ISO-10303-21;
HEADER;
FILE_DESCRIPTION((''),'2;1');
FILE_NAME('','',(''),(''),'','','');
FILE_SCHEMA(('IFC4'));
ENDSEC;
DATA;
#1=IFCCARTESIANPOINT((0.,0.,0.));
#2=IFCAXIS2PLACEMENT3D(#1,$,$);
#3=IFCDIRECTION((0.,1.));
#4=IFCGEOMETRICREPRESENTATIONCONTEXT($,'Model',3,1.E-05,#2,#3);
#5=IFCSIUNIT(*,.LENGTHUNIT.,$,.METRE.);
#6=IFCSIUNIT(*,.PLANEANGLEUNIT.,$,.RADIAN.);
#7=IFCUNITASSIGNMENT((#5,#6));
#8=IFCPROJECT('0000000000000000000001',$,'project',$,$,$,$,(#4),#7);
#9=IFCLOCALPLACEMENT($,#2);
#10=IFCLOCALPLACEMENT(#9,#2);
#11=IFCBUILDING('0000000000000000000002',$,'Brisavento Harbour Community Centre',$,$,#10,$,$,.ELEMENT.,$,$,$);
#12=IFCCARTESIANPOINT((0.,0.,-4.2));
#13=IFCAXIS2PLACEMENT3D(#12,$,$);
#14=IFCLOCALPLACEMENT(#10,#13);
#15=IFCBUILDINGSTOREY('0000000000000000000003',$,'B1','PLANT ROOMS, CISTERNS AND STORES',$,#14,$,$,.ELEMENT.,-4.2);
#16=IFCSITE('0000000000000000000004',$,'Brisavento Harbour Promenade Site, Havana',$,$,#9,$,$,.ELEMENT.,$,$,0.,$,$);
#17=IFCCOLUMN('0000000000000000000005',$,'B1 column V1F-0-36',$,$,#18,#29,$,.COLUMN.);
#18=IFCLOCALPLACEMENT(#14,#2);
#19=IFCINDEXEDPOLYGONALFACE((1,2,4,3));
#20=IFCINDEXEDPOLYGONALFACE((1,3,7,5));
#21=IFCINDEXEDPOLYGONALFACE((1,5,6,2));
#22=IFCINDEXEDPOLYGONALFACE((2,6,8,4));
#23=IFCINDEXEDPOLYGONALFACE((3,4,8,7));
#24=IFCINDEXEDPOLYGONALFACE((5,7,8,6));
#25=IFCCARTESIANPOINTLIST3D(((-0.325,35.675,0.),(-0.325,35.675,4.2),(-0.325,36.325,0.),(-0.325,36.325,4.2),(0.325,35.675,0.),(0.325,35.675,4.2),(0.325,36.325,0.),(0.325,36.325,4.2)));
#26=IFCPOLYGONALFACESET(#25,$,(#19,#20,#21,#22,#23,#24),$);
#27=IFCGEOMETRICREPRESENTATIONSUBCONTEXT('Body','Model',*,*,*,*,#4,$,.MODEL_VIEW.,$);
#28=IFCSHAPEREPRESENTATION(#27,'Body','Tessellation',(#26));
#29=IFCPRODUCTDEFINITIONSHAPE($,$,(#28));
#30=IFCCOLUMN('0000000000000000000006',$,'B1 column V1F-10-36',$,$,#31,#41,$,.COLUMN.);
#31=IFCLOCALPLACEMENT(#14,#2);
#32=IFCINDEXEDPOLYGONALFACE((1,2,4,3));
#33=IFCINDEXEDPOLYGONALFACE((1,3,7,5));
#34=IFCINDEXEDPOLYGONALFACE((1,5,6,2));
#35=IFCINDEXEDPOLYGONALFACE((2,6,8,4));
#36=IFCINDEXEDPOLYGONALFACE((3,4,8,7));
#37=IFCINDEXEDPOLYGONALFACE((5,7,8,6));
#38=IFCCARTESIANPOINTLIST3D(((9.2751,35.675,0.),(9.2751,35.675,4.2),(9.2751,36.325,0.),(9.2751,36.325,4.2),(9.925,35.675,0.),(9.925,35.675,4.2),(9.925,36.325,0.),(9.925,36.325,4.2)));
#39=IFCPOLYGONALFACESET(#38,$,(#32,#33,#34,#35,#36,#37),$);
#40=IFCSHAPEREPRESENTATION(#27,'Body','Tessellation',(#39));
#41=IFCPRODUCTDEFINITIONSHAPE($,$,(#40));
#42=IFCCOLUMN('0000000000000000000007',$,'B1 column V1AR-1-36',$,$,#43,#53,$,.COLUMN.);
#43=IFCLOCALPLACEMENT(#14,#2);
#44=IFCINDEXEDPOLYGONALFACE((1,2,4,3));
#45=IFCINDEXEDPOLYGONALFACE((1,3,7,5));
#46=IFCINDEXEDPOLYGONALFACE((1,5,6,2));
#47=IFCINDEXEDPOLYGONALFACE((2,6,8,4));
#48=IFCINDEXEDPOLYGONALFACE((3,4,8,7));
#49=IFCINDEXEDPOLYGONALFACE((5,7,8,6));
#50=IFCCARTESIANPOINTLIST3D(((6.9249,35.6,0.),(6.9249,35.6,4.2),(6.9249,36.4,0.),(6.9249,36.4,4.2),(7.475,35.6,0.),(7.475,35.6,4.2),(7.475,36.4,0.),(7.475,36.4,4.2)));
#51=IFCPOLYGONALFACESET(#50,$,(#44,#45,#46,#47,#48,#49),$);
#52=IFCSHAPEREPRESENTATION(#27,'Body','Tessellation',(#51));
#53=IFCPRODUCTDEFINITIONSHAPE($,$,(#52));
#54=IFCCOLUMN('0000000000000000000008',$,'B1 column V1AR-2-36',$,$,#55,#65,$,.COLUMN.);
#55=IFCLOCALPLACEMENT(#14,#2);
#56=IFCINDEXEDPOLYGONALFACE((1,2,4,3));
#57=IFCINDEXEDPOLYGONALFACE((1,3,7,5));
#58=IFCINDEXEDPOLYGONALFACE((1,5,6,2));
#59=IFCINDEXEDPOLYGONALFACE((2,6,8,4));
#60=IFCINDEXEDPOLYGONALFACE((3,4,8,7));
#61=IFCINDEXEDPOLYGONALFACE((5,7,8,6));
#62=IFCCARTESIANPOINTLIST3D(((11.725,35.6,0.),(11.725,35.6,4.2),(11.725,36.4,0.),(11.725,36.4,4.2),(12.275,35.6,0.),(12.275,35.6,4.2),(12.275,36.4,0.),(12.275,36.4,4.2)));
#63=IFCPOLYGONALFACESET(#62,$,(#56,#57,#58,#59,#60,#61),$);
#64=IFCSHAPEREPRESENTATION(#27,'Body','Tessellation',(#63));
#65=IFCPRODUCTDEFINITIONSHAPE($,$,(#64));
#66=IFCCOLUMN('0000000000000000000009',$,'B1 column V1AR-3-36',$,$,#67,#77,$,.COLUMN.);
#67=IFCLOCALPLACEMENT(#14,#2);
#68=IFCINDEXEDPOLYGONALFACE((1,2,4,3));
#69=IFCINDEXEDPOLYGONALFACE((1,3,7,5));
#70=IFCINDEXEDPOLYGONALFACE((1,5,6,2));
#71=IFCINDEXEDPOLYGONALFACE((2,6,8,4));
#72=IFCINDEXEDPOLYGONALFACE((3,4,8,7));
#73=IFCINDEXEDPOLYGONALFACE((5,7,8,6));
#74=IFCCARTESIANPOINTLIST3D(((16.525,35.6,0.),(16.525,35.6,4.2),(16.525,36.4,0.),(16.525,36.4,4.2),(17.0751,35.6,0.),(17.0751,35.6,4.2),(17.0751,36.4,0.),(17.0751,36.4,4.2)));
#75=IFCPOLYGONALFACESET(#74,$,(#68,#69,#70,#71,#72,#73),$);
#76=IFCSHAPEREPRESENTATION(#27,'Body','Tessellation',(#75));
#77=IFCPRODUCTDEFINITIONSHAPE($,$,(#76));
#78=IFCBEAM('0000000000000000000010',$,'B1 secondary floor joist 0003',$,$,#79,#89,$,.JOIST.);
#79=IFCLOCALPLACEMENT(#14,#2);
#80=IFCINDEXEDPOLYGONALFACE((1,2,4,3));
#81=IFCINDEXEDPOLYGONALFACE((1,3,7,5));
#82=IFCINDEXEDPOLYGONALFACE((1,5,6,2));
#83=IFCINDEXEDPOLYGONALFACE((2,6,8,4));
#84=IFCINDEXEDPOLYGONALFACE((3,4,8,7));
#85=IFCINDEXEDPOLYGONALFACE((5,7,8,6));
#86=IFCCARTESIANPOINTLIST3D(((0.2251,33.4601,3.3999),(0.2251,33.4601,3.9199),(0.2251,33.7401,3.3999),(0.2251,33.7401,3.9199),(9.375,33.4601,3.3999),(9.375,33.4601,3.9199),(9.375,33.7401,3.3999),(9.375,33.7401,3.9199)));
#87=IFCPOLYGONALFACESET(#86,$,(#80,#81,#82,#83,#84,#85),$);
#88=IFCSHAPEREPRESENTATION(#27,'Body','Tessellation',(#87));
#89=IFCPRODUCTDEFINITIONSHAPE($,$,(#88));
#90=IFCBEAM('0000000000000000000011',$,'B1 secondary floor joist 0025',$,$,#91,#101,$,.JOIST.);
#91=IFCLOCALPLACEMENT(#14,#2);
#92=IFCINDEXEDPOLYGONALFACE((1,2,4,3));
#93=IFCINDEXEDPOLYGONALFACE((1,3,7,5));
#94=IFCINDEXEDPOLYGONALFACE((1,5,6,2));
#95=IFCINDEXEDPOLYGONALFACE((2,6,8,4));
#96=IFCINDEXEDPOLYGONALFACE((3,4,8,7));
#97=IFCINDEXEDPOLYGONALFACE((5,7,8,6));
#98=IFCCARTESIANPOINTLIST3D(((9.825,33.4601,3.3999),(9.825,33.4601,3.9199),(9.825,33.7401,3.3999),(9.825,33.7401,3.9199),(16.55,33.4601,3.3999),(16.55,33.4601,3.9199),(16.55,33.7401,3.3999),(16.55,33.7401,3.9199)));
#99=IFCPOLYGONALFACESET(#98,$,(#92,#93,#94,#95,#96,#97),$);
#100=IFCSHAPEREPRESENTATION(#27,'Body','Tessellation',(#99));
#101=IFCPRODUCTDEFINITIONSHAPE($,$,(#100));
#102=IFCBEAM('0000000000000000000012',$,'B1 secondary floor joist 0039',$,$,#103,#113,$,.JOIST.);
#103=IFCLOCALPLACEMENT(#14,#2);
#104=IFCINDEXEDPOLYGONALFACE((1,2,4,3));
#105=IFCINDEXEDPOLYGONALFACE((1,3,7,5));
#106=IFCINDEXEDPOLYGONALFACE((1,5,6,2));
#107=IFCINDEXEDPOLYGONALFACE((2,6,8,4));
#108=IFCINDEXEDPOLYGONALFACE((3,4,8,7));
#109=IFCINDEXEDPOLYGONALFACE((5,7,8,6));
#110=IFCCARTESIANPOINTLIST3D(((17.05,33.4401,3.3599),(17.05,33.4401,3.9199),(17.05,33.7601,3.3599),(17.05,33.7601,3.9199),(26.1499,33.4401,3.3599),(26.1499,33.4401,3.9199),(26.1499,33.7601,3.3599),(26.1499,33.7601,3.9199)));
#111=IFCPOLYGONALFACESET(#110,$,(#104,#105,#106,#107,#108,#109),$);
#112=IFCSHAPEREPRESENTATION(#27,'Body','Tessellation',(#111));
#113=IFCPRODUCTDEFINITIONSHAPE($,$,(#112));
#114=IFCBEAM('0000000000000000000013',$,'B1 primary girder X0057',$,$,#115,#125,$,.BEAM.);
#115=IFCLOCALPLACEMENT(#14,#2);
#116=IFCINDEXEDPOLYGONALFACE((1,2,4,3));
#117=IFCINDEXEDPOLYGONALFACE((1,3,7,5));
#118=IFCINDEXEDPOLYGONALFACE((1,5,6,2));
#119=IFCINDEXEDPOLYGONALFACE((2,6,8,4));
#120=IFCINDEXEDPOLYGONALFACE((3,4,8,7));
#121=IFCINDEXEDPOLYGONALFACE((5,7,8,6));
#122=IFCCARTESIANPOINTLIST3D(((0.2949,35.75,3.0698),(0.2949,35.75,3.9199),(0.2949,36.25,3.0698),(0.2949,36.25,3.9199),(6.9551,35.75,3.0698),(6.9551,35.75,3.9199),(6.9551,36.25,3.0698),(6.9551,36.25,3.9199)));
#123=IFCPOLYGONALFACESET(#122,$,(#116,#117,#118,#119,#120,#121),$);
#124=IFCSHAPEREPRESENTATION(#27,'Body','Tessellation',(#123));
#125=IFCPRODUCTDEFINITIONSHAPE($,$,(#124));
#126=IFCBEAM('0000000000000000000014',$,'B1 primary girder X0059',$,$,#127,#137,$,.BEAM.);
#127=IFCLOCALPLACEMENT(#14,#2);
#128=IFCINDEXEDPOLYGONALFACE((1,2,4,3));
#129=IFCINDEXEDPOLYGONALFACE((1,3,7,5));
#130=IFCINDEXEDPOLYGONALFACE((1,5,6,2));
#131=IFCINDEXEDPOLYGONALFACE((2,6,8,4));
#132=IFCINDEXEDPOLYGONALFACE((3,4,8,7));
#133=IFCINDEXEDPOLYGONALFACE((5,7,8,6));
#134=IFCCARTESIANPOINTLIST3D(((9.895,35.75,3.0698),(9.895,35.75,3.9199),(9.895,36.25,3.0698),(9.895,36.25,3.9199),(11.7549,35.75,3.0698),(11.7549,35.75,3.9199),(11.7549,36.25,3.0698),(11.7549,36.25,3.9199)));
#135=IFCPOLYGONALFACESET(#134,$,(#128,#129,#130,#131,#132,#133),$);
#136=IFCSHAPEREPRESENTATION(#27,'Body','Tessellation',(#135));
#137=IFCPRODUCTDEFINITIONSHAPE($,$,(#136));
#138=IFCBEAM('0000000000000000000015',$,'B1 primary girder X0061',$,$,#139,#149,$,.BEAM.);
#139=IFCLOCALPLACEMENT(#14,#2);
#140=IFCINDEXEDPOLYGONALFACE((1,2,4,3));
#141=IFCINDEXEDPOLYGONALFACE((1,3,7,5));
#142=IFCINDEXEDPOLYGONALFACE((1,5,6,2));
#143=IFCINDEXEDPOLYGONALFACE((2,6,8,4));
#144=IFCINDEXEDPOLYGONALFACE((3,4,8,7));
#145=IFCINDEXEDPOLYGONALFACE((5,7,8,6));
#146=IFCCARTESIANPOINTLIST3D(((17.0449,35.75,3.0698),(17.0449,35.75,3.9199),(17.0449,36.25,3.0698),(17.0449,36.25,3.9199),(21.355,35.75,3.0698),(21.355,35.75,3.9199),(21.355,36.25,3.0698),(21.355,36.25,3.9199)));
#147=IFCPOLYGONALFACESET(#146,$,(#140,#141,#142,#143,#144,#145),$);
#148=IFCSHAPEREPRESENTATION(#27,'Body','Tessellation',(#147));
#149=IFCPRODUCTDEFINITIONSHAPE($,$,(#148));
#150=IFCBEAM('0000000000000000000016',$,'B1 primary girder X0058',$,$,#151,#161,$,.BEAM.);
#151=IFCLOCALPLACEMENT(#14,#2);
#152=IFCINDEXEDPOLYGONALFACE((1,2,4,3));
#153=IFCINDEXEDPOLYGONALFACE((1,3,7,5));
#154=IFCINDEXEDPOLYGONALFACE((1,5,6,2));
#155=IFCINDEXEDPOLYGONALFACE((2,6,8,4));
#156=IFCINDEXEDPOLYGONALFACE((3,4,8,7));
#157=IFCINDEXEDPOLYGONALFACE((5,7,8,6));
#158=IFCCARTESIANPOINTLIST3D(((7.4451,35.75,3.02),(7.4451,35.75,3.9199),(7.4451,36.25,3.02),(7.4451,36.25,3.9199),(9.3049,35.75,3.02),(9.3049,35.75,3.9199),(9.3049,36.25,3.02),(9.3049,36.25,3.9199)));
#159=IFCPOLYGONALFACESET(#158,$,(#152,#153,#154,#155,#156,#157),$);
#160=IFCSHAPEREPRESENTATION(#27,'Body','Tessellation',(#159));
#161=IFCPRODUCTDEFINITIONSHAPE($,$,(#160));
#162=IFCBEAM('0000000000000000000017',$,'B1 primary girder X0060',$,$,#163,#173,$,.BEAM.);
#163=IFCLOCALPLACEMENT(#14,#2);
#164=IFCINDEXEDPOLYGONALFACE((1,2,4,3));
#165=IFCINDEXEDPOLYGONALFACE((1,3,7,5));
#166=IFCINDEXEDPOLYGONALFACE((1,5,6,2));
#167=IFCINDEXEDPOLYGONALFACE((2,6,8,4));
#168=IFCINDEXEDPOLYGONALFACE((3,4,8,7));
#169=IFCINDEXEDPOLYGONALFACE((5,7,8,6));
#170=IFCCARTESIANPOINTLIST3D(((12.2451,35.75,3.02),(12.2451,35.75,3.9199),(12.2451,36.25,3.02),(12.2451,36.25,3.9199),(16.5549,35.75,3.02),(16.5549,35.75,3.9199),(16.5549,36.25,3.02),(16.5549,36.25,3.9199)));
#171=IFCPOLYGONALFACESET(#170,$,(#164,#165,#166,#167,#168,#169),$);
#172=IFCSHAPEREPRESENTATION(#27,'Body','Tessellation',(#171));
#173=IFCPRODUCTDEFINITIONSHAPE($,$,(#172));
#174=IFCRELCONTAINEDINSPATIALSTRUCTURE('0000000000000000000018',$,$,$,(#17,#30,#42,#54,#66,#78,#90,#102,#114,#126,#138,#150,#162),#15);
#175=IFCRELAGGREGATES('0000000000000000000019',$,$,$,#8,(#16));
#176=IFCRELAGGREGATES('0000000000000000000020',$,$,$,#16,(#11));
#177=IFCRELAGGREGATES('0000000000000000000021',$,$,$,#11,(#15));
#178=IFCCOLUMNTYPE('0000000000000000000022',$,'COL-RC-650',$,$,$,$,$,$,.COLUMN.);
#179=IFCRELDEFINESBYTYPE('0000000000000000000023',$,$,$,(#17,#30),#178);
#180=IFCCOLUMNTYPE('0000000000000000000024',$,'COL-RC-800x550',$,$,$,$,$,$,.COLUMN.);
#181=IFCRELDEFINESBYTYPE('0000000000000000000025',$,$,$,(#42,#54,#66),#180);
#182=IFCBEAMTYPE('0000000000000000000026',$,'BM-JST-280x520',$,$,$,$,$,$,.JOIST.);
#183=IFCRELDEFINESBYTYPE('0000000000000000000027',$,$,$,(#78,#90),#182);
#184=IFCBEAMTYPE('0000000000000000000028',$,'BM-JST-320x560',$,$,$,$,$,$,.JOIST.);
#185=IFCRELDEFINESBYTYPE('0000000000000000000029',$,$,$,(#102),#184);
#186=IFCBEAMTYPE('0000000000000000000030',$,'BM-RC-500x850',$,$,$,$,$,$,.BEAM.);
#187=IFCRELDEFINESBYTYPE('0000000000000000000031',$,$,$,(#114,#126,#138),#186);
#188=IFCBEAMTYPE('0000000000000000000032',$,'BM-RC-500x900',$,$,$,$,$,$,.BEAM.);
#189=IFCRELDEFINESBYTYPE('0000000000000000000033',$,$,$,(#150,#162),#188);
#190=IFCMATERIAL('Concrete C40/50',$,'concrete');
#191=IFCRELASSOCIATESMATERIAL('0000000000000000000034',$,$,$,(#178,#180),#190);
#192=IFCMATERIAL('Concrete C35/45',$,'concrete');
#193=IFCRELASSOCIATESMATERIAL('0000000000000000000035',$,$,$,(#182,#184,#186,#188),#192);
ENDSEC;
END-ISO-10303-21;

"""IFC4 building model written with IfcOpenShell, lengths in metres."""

from ifc_helpers import new_model, si_unit, direction, frame, origin, origin_2d, place, context, subcontext, project, spatial, rectangle, extrude, material, material_profile, profile_set, type_object, element, save


model = new_model("IFC4")

# Units and contexts
model_context = context("Model", 3, precision=1e-05, world=origin(), true_north=direction((0.0, 1.0)))
body_context = subcontext(model_context, "Body", "Model", "MODEL_VIEW")
ifc_project = project(units=[si_unit("LENGTHUNIT", "METRE"), si_unit("PLANEANGLEUNIT", "RADIAN")], contexts=[model_context])

# Site, building, storey
site_placement = place(None, origin())
site = spatial("IfcSite", under=ifc_project, at=site_placement, Name="Brisavento Harbour Promenade Site, Havana", CompositionType="ELEMENT", RefElevation=0.0)
building_placement = place(site_placement, origin())
building = spatial("IfcBuilding", under=site, at=building_placement, Name="Brisavento Harbour Community Centre", CompositionType="ELEMENT")
storey_placement = place(building_placement, frame((0.0, 0.0, -4.2)))
storey = spatial("IfcBuildingStorey", under=building, at=storey_placement, Name="B1", Description="PLANT ROOMS, CISTERNS AND STORES", CompositionType="ELEMENT", Elevation=-4.2)

# Shared definitions
ifc_material_1 = material(Name="Concrete C35/45", Category="concrete")

# Columns
ifc_material_2 = material(Name="Concrete C40/50", Category="concrete")
ifc_material_profile_1 = material_profile(ifc_material_2, rectangle(XDim=0.6499, YDim=0.6499, at=origin_2d()), Name="Concrete C40/50")
ifc_profile_set_1 = profile_set([ifc_material_profile_1], Name="Concrete C40/50")
column_type_1 = type_object("IfcColumnType", Name="COL-RC-650", PredefinedType="COLUMN", material=ifc_profile_set_1)
for number, where, z_axis, x_axis, name in (
    (1, (0.0, 36.0, 0.0), (0.0, 0.0, 1.0), (1.0, 0.0, 0.0), "B1 column V1F-0-36"),
    (2, (9.6001, 36.0, 0.0), (0.0, 0.0, 1.0), (1.0, 0.0, 0.0), "B1 column V1F-10-36"),
):
    element("IfcColumn", number, at=place(storey_placement, frame(where, z_axis=z_axis, x_axis=x_axis)), inside=storey, type_object=column_type_1, Name=name, PredefinedType="COLUMN", context=body_context, shape_type="SweptSolid", body=[
        extrude(rectangle(XDim=0.6499, YDim=0.6499, at=origin_2d()), origin(), (0.0, 0.0, 1.0), 4.2),
    ])
ifc_material_profile_2 = material_profile(ifc_material_2, rectangle(XDim=0.55, YDim=0.8, at=origin_2d()), Name="Concrete C40/50")
ifc_profile_set_2 = profile_set([ifc_material_profile_2], Name="Concrete C40/50")
column_type_2 = type_object("IfcColumnType", Name="COL-RC-800x550", PredefinedType="COLUMN", material=ifc_profile_set_2)
for number, where, z_axis, x_axis, name in (
    (3, (7.2, 36.0, 0.0), (0.0, 0.0, 1.0), (1.0, 0.0, 0.0), "B1 column V1AR-1-36"),
    (4, (12.0, 36.0, 0.0), (0.0, 0.0, 1.0), (1.0, 0.0, 0.0), "B1 column V1AR-2-36"),
    (5, (16.8, 36.0, 0.0), (0.0, 0.0, 1.0), (1.0, 0.0, 0.0), "B1 column V1AR-3-36"),
):
    element("IfcColumn", number, at=place(storey_placement, frame(where, z_axis=z_axis, x_axis=x_axis)), inside=storey, type_object=column_type_2, Name=name, PredefinedType="COLUMN", context=body_context, shape_type="SweptSolid", body=[
        extrude(rectangle(XDim=0.55, YDim=0.8, at=origin_2d()), origin(), (0.0, 0.0, 1.0), 4.2),
    ])

# Beams
ifc_material_profile_3 = material_profile(ifc_material_1, rectangle(XDim=0.28, YDim=0.52, at=origin_2d()), Name="Concrete C35/45")
ifc_profile_set_3 = profile_set([ifc_material_profile_3], Name="Concrete C35/45")
beam_type_1 = type_object("IfcBeamType", Name="BM-JST-280x520", PredefinedType="JOIST", material=ifc_profile_set_3)
beam_1_placement = place(storey_placement, frame((0.2251, 33.6001, 3.6599), z_axis=(1.0, 0.0, 0.0), x_axis=(0.0, 1.0, 0.0)))
element("IfcBeam", 6, at=beam_1_placement, inside=storey, type_object=beam_type_1, Name="B1 secondary floor joist 0003", PredefinedType="JOIST", context=body_context, shape_type="SweptSolid", body=[
    extrude(rectangle(XDim=0.28, YDim=0.52, at=origin_2d()), origin(), (0.0, 0.0, 1.0), 9.1499),
])
beam_2_placement = place(storey_placement, frame((9.825, 33.6001, 3.6599), z_axis=(1.0, 0.0, 0.0), x_axis=(0.0, 1.0, 0.0)))
element("IfcBeam", 7, at=beam_2_placement, inside=storey, type_object=beam_type_1, Name="B1 secondary floor joist 0025", PredefinedType="JOIST", context=body_context, shape_type="SweptSolid", body=[
    extrude(rectangle(XDim=0.28, YDim=0.52, at=origin_2d()), origin(), (0.0, 0.0, 1.0), 6.7251),
])
ifc_material_profile_4 = material_profile(ifc_material_1, rectangle(XDim=0.3201, YDim=0.5601, at=origin_2d()), Name="Concrete C35/45")
ifc_profile_set_4 = profile_set([ifc_material_profile_4], Name="Concrete C35/45")
beam_type_2 = type_object("IfcBeamType", Name="BM-JST-320x560", PredefinedType="JOIST", material=ifc_profile_set_4)
beam_3_placement = place(storey_placement, frame((17.05, 33.6001, 3.6399), z_axis=(1.0, 0.0, 0.0), x_axis=(0.0, 1.0, 0.0)))
element("IfcBeam", 8, at=beam_3_placement, inside=storey, type_object=beam_type_2, Name="B1 secondary floor joist 0039", PredefinedType="JOIST", context=body_context, shape_type="SweptSolid", body=[
    extrude(rectangle(XDim=0.3201, YDim=0.5601, at=origin_2d()), origin(), (0.0, 0.0, 1.0), 9.0999),
])
ifc_material_profile_5 = material_profile(ifc_material_1, rectangle(XDim=0.5, YDim=0.8501, at=origin_2d()), Name="Concrete C35/45")
ifc_profile_set_5 = profile_set([ifc_material_profile_5], Name="Concrete C35/45")
beam_type_3 = type_object("IfcBeamType", Name="BM-RC-500x850", PredefinedType="BEAM", material=ifc_profile_set_5)
beam_4_placement = place(storey_placement, frame((0.2949, 36.0, 3.4949), z_axis=(1.0, 0.0, 0.0), x_axis=(0.0, 1.0, 0.0)))
element("IfcBeam", 9, at=beam_4_placement, inside=storey, type_object=beam_type_3, Name="B1 primary girder X0057", PredefinedType="BEAM", context=body_context, shape_type="SweptSolid", body=[
    extrude(rectangle(XDim=0.5, YDim=0.8501, at=origin_2d()), origin(), (0.0, 0.0, 1.0), 6.6602),
])
beam_5_placement = place(storey_placement, frame((9.895, 36.0, 3.4949), z_axis=(1.0, 0.0, 0.0), x_axis=(0.0, 1.0, 0.0)))
element("IfcBeam", 10, at=beam_5_placement, inside=storey, type_object=beam_type_3, Name="B1 primary girder X0059", PredefinedType="BEAM", context=body_context, shape_type="SweptSolid", body=[
    extrude(rectangle(XDim=0.5, YDim=0.8501, at=origin_2d()), origin(), (0.0, 0.0, 1.0), 1.8599),
])
beam_6_placement = place(storey_placement, frame((17.0449, 36.0, 3.4949), z_axis=(1.0, 0.0, 0.0), x_axis=(0.0, 1.0, 0.0)))
element("IfcBeam", 11, at=beam_6_placement, inside=storey, type_object=beam_type_3, Name="B1 primary girder X0061", PredefinedType="BEAM", context=body_context, shape_type="SweptSolid", body=[
    extrude(rectangle(XDim=0.5, YDim=0.8501, at=origin_2d()), origin(), (0.0, 0.0, 1.0), 4.3101),
])
ifc_material_profile_6 = material_profile(ifc_material_1, rectangle(XDim=0.5, YDim=0.8999, at=origin_2d()), Name="Concrete C35/45")
ifc_profile_set_6 = profile_set([ifc_material_profile_6], Name="Concrete C35/45")
beam_type_4 = type_object("IfcBeamType", Name="BM-RC-500x900", PredefinedType="BEAM", material=ifc_profile_set_6)
beam_7_placement = place(storey_placement, frame((7.4451, 36.0, 3.47), z_axis=(1.0, 0.0, 0.0), x_axis=(0.0, 1.0, 0.0)))
element("IfcBeam", 12, at=beam_7_placement, inside=storey, type_object=beam_type_4, Name="B1 primary girder X0058", PredefinedType="BEAM", context=body_context, shape_type="SweptSolid", body=[
    extrude(rectangle(XDim=0.5, YDim=0.8999, at=origin_2d()), origin(), (0.0, 0.0, 1.0), 1.8599),
])
beam_8_placement = place(storey_placement, frame((12.2451, 36.0, 3.47), z_axis=(1.0, 0.0, 0.0), x_axis=(0.0, 1.0, 0.0)))
element("IfcBeam", 13, at=beam_8_placement, inside=storey, type_object=beam_type_4, Name="B1 primary girder X0060", PredefinedType="BEAM", context=body_context, shape_type="SweptSolid", body=[
    extrude(rectangle(XDim=0.5, YDim=0.8999, at=origin_2d()), origin(), (0.0, 0.0, 1.0), 4.3098),
])

save(model, "model.ifc")
